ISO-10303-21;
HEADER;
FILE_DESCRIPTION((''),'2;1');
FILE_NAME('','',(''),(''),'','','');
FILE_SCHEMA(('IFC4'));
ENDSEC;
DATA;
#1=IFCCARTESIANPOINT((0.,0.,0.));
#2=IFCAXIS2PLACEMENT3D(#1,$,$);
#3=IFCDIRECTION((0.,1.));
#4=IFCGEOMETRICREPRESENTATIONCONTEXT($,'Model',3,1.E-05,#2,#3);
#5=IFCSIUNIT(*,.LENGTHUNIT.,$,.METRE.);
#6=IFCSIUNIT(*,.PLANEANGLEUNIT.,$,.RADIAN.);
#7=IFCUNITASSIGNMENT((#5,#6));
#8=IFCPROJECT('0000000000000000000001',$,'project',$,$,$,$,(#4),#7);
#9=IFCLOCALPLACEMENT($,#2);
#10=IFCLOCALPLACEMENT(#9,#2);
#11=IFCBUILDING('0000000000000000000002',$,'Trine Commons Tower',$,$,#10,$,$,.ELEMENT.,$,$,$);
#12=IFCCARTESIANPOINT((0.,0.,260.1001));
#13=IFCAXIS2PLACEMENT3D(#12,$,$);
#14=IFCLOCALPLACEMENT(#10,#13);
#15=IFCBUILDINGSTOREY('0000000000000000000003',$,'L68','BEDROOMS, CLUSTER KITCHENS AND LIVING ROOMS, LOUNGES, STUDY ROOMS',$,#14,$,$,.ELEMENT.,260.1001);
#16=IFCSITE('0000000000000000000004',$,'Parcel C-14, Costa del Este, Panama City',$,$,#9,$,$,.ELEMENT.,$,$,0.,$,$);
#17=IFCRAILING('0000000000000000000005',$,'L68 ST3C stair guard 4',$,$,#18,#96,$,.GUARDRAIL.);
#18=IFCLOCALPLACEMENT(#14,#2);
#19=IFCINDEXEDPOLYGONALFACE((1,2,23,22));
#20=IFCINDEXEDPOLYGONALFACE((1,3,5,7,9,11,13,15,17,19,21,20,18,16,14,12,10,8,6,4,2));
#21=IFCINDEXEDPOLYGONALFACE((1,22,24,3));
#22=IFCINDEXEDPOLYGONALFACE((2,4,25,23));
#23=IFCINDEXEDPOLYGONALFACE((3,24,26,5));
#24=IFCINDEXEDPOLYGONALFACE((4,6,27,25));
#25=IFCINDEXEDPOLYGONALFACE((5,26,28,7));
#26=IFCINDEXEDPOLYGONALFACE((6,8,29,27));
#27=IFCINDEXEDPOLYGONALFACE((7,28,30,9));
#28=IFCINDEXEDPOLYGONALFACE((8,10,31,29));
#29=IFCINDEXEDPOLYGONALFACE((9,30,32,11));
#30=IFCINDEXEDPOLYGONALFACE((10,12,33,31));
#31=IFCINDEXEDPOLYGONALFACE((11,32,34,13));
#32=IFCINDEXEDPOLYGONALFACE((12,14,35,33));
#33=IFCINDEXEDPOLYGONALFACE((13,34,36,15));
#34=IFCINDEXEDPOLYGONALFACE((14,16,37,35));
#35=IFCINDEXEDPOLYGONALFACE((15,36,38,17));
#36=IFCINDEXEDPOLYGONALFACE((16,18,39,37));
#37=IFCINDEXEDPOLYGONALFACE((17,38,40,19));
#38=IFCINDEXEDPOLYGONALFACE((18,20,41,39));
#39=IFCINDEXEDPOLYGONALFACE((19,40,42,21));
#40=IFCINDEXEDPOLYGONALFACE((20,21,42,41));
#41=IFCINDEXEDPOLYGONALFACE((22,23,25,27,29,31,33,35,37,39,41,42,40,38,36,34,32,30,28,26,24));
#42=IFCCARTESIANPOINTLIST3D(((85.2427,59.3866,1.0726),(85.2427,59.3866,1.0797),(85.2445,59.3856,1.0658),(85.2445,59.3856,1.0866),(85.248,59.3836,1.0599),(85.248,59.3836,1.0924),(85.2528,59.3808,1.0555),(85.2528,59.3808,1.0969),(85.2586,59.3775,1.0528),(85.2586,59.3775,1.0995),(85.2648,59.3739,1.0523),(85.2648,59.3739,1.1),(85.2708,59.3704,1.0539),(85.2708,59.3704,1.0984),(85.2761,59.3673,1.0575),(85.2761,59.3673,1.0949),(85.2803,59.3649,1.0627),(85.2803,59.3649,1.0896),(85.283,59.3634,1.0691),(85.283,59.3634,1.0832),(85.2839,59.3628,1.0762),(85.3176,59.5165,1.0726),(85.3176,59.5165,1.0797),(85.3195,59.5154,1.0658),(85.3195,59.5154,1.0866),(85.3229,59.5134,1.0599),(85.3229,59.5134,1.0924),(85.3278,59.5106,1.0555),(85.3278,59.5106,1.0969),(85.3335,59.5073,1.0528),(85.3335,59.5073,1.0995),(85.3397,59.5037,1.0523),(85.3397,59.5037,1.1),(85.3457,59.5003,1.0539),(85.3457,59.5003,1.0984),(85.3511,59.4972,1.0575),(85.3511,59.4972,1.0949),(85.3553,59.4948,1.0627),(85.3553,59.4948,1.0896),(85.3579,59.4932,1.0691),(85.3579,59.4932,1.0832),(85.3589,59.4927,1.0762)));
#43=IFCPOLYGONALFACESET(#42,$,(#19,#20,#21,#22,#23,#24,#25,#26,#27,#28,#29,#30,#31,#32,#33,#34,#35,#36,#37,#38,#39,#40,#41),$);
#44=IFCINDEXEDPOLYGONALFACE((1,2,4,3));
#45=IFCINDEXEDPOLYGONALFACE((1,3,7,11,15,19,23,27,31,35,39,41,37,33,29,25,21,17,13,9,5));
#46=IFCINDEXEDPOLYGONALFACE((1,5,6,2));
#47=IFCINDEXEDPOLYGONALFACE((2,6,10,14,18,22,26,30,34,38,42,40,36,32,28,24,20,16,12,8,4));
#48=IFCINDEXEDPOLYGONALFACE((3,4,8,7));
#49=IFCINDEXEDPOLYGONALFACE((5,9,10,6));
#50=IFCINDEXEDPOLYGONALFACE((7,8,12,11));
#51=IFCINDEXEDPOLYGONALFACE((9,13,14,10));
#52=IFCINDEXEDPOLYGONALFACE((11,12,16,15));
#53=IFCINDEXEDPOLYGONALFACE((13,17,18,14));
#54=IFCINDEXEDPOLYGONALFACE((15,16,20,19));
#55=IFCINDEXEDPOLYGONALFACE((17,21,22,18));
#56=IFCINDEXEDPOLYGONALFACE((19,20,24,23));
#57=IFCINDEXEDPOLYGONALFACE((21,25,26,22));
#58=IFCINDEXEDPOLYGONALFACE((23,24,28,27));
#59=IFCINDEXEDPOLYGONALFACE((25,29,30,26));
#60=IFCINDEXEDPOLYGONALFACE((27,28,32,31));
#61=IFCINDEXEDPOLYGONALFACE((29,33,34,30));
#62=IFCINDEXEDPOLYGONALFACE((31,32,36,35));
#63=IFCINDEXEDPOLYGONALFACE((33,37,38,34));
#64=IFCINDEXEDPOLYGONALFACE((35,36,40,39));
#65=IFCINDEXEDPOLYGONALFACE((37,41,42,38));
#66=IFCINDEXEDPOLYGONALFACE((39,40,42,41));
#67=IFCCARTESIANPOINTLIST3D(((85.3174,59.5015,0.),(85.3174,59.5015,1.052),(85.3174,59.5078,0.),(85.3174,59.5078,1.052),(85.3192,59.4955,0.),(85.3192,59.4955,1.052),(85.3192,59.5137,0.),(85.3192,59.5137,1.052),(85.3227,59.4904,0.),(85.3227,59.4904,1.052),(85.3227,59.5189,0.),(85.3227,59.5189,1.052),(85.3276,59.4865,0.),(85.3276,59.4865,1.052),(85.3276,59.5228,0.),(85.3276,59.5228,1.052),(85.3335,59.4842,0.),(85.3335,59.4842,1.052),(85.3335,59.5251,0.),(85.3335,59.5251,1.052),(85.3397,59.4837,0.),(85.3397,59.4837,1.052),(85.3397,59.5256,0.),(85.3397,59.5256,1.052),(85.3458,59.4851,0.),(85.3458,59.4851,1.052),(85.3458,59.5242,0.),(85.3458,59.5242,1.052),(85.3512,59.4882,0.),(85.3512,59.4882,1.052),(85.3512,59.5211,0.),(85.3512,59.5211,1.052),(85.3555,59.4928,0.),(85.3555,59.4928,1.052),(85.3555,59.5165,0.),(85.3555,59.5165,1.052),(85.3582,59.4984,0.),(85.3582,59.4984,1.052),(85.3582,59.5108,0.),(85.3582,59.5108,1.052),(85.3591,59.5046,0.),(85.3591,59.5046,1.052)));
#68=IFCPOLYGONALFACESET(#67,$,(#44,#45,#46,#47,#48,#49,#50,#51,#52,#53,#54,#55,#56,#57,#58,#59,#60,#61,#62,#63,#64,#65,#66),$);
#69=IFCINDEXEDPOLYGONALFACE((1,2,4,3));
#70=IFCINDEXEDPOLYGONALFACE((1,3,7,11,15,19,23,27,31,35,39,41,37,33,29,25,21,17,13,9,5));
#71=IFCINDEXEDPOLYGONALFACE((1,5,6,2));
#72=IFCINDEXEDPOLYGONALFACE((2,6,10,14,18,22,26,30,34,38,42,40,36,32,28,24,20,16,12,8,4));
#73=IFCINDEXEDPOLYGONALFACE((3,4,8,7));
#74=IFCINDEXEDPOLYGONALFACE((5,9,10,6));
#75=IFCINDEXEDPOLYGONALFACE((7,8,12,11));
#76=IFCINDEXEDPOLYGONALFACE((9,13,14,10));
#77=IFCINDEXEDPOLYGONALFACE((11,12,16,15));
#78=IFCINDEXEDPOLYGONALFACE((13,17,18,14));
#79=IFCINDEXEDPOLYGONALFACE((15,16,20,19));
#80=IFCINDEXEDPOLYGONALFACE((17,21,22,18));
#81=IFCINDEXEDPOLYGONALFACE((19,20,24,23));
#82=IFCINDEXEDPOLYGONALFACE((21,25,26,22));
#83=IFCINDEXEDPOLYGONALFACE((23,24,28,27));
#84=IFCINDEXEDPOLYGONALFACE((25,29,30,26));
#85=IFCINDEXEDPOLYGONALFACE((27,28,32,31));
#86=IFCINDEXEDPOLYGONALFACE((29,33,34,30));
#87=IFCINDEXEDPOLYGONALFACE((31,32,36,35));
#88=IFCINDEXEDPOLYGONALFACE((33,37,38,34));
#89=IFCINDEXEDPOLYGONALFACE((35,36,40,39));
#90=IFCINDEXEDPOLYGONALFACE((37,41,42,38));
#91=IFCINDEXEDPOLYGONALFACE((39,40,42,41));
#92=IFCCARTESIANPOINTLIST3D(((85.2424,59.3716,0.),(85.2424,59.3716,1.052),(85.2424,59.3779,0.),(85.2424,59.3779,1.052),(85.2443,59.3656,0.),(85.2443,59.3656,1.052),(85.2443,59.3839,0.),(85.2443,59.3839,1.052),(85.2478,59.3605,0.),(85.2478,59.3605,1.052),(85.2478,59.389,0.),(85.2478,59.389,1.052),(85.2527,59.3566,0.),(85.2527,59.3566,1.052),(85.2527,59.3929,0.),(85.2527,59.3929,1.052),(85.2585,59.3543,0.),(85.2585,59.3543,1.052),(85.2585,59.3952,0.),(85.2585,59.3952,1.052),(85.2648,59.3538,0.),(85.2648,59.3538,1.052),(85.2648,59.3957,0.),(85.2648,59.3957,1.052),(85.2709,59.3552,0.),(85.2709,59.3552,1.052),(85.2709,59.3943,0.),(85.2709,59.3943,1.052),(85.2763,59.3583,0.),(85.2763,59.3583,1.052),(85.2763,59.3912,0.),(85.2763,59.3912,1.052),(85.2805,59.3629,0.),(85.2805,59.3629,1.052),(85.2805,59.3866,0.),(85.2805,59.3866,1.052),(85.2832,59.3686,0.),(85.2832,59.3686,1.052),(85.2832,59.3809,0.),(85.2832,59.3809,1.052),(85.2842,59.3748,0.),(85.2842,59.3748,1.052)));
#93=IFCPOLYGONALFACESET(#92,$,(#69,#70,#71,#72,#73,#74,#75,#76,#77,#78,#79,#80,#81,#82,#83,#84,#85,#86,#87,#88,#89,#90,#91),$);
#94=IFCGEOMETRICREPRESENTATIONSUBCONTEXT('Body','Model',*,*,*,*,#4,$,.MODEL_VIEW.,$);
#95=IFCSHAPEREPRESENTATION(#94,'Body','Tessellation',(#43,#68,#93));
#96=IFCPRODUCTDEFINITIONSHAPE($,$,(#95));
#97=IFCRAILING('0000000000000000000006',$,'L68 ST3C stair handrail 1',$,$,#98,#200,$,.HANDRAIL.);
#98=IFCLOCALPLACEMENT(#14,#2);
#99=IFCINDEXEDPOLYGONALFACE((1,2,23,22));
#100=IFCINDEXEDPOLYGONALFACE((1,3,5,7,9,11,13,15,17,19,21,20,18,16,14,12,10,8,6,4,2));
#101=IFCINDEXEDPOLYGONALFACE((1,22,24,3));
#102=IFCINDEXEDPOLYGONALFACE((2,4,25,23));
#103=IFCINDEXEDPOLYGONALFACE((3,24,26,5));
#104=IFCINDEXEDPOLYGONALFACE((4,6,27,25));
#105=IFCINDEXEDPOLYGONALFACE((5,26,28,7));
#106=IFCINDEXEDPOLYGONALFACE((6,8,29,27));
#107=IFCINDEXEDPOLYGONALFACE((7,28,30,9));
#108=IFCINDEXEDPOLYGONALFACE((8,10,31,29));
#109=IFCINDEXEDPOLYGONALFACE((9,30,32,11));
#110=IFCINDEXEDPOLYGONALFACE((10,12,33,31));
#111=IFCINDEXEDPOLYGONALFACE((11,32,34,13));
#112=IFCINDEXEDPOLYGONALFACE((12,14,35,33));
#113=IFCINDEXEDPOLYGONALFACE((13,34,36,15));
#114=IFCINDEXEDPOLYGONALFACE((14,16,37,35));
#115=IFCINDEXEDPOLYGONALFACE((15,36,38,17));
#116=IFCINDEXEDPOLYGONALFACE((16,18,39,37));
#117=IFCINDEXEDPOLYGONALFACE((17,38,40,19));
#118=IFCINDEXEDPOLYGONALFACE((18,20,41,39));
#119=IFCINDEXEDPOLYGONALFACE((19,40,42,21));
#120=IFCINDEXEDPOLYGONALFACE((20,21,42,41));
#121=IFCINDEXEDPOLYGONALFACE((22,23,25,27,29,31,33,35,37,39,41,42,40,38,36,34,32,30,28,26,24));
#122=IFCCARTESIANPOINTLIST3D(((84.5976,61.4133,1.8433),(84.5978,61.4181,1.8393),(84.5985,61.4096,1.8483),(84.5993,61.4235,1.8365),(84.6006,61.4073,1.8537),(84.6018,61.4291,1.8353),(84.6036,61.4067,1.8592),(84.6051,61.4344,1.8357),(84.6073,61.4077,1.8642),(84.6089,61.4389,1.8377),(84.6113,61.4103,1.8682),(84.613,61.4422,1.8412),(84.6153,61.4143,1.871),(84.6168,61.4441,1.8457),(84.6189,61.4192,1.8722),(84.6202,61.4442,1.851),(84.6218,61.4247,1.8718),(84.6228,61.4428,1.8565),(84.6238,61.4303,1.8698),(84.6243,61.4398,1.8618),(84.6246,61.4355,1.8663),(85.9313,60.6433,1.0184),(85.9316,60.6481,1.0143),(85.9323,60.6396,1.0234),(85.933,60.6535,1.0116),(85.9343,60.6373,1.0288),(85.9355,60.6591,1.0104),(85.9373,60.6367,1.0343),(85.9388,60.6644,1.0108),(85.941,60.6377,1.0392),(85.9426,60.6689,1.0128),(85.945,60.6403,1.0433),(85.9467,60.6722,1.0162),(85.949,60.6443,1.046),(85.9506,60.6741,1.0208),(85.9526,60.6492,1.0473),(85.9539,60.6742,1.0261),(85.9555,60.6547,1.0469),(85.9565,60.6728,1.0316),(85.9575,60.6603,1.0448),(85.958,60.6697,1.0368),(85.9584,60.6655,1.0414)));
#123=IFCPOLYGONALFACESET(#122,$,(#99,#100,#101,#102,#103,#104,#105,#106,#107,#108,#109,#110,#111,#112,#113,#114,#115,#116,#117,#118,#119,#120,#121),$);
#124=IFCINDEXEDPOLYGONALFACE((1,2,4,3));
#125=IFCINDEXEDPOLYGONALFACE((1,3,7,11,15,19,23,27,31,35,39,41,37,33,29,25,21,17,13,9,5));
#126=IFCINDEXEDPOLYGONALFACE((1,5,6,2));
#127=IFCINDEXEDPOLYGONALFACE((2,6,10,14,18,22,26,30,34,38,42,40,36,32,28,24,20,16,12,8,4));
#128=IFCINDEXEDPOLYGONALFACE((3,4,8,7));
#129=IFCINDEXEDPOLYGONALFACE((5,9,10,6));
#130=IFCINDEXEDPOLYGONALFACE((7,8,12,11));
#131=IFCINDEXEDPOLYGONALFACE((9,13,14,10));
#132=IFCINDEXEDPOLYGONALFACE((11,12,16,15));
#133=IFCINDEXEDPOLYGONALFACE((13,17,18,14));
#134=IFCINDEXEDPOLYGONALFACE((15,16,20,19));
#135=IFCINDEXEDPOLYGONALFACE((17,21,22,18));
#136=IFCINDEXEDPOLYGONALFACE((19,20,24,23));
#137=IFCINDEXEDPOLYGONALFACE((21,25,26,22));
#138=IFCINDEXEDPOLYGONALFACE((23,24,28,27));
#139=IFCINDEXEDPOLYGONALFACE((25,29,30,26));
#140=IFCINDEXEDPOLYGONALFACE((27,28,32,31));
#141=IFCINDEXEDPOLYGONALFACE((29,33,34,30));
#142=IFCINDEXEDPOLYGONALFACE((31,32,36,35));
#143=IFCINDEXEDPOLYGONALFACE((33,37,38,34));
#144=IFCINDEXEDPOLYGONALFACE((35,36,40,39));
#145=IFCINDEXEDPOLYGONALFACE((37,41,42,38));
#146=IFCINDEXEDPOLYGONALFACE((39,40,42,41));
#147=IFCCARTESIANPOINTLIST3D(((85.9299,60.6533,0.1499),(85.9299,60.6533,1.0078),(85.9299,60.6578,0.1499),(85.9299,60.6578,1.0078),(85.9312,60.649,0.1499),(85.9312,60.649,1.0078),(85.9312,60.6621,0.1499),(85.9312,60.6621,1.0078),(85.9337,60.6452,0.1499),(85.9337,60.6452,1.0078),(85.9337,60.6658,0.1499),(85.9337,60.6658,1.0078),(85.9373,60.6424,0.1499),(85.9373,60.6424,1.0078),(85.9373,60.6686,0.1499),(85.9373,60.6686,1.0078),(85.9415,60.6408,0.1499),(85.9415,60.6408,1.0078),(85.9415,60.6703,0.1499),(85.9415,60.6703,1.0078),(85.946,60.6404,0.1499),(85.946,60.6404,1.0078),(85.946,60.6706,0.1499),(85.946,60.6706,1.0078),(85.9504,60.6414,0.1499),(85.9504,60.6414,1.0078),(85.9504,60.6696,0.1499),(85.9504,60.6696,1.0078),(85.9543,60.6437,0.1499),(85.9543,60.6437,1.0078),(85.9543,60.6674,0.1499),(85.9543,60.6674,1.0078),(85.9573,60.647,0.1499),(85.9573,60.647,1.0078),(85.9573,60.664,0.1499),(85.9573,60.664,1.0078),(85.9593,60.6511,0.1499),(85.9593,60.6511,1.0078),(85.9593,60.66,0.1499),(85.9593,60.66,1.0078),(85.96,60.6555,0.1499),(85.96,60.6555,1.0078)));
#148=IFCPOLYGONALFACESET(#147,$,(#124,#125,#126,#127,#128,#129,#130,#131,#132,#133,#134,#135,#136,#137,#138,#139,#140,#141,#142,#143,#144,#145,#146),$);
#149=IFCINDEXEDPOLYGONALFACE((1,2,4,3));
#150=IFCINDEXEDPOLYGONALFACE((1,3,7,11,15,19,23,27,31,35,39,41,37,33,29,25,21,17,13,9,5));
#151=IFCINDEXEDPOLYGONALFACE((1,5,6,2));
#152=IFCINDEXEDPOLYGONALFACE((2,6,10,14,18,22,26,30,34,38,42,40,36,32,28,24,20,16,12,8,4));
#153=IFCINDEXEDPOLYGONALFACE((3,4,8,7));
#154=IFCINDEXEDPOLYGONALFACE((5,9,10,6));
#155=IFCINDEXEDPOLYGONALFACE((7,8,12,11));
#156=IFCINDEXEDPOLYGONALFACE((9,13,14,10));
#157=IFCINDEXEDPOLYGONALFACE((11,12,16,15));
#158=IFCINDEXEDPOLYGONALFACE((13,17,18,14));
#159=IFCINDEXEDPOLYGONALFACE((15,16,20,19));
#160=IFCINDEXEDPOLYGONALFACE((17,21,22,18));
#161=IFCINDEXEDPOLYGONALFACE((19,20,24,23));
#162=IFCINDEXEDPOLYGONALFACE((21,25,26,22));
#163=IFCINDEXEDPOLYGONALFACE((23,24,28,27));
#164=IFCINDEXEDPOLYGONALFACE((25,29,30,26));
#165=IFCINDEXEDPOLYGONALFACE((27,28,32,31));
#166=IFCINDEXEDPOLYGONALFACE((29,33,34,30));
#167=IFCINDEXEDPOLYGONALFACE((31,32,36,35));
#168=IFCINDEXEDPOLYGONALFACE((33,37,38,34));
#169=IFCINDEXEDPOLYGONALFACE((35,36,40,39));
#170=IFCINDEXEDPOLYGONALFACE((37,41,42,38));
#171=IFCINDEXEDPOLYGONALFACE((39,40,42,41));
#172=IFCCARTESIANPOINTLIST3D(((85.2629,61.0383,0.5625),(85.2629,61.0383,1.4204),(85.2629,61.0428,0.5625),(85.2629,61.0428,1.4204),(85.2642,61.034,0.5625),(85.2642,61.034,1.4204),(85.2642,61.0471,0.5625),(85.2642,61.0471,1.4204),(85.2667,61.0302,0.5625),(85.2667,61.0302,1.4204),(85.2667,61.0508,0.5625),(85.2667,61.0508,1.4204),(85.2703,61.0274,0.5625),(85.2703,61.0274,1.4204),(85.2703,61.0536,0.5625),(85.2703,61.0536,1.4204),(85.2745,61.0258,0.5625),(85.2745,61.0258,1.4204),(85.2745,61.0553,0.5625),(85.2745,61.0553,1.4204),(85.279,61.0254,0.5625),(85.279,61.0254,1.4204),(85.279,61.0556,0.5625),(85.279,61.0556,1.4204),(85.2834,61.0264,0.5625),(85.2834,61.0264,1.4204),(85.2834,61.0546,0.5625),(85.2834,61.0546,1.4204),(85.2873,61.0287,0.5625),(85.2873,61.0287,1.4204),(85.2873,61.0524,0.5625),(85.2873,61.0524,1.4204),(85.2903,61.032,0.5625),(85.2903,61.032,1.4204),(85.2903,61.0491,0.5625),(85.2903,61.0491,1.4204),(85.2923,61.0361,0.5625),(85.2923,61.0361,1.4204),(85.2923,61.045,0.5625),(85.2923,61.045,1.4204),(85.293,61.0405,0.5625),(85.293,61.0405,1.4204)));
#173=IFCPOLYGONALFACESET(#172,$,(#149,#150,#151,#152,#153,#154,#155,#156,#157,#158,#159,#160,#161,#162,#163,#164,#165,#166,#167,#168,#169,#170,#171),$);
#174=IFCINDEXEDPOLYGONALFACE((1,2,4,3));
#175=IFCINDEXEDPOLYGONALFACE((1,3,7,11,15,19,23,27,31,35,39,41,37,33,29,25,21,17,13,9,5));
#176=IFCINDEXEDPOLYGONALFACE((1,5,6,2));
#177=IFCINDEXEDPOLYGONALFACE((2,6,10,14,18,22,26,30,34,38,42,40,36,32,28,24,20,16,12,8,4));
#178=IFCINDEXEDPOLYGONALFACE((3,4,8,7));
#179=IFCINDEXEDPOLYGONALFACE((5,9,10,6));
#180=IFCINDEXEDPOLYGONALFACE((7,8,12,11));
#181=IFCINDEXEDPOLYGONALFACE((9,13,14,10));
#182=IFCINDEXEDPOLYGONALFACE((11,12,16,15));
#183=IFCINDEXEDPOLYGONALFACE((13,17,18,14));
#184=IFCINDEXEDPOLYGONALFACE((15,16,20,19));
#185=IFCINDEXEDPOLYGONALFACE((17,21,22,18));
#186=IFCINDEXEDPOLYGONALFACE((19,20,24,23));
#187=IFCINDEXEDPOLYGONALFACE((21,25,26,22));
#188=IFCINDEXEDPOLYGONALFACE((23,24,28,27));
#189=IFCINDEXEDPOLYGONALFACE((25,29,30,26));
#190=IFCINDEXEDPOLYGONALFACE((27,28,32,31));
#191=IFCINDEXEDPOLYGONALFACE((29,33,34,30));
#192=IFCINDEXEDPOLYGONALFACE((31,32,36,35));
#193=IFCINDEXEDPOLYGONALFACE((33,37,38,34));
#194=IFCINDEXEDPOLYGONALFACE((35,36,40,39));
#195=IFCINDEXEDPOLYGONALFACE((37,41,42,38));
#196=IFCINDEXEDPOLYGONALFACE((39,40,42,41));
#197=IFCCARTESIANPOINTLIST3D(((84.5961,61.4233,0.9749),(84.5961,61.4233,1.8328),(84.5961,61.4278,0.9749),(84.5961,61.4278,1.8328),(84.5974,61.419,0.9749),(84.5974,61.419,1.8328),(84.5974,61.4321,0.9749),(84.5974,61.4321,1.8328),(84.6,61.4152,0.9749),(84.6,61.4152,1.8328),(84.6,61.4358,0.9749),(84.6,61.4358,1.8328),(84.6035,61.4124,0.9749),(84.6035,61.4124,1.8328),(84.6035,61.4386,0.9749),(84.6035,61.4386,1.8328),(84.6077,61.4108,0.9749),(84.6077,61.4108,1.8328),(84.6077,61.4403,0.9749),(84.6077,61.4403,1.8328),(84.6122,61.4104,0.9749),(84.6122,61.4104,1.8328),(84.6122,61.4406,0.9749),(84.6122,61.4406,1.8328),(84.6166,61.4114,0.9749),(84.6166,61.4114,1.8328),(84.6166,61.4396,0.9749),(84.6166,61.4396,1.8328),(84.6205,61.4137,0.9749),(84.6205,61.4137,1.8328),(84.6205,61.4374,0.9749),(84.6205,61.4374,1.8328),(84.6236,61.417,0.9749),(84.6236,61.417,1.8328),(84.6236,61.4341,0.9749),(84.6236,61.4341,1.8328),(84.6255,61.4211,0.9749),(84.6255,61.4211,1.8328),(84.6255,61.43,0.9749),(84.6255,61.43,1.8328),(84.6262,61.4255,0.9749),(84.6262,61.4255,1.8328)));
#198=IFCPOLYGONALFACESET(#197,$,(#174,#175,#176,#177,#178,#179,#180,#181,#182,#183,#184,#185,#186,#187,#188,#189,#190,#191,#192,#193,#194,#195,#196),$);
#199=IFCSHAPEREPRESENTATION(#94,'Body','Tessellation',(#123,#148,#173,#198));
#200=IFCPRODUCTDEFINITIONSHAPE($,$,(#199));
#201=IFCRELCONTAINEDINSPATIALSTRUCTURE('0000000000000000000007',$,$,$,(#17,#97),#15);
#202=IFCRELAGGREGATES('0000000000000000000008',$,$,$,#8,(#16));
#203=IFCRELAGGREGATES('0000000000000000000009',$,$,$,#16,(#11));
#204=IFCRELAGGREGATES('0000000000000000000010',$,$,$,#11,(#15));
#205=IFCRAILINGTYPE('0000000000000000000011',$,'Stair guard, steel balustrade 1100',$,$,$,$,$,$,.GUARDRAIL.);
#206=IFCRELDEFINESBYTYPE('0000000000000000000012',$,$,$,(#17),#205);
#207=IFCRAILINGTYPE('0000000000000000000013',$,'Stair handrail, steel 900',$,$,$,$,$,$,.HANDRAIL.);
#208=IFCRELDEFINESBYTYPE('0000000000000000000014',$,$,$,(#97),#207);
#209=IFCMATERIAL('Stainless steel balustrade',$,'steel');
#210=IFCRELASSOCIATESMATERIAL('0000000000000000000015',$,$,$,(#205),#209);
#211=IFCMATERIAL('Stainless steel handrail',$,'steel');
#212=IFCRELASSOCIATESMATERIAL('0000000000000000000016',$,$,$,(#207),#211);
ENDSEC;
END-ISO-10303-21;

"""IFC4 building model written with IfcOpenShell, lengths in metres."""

from ifc_helpers import new_model, si_unit, direction, frame, origin, origin_2d, place, context, subcontext, project, spatial, circle, extrude, material, type_object, element, save


model = new_model("IFC4")

# Units and contexts
model_context = context("Model", 3, precision=1e-05, world=origin(), true_north=direction((0.0, 1.0)))
body_context = subcontext(model_context, "Body", "Model", "MODEL_VIEW")
ifc_project = project(units=[si_unit("LENGTHUNIT", "METRE"), si_unit("PLANEANGLEUNIT", "RADIAN")], contexts=[model_context])

# Site, building, storey
site_placement = place(None, origin())
site = spatial("IfcSite", under=ifc_project, at=site_placement, Name="Parcel C-14, Costa del Este, Panama City", CompositionType="ELEMENT", RefElevation=0.0)
building_placement = place(site_placement, origin())
building = spatial("IfcBuilding", under=site, at=building_placement, Name="Trine Commons Tower", CompositionType="ELEMENT")
storey_placement = place(building_placement, frame((0.0, 0.0, 260.1001)))
storey = spatial("IfcBuildingStorey", under=building, at=storey_placement, Name="L68", Description="BEDROOMS, CLUSTER KITCHENS AND LIVING ROOMS, LOUNGES, STUDY ROOMS", CompositionType="ELEMENT", Elevation=260.1001)

# Railings
ifc_material_1 = material(Name="Stainless steel balustrade", Category="steel")
railing_type_1 = type_object("IfcRailingType", Name="Stair guard, steel balustrade 1100", PredefinedType="GUARDRAIL", material=ifc_material_1)
railing_1_placement = place(storey_placement, frame((85.3381, 59.5046, 0.0)))
element("IfcRailing", 1, at=railing_1_placement, inside=storey, type_object=railing_type_1, Name="L68 ST3C stair guard 4", PredefinedType="GUARDRAIL", context=body_context, shape_type="SweptSolid", body=[
    extrude(circle(Radius=0.0239, at=origin_2d()), frame((0.0, 0.0, 1.0762), z_axis=(-0.499816, -0.866131, 0.0), x_axis=(0.866131, -0.499816, 0.0)), (0.0, 0.0, 1.0), 0.1499),
    extrude(circle(Radius=0.021, at=origin_2d()), origin(), (0.0, 0.0, 1.0), 1.052),
    extrude(circle(Radius=0.021, at=origin_2d()), frame((-0.075, -0.1299, 0.0)), (0.0, 0.0, 1.0), 1.052),
])
ifc_material_2 = material(Name="Stainless steel handrail", Category="steel")
railing_type_2 = type_object("IfcRailingType", Name="Stair handrail, steel 900", PredefinedType="HANDRAIL", material=ifc_material_2)
railing_2_placement = place(storey_placement, frame((85.9448, 60.6555, 0.1499)))
element("IfcRailing", 2, at=railing_2_placement, inside=storey, type_object=railing_type_2, Name="L68 ST3C stair handrail 1", PredefinedType="HANDRAIL", context=body_context, shape_type="SweptSolid", body=[
    extrude(circle(Radius=0.021, at=origin_2d()), frame((0.0, 0.0, 0.8789), z_axis=(-0.763405, 0.440743, 0.472185), x_axis=(-0.499992, -0.86603, 0.0)), (0.0, 0.0, 1.0), 1.7471),
    extrude(circle(Radius=0.0151, at=origin_2d()), origin(), (0.0, 0.0, 1.0), 0.8579),
    extrude(circle(Radius=0.0151, at=origin_2d()), frame((-0.667, 0.385, 0.4126)), (0.0, 0.0, 1.0), 0.8579),
    extrude(circle(Radius=0.0151, at=origin_2d()), frame((-1.3337, 0.77, 0.825)), (0.0, 0.0, 1.0), 0.8579),
])

save(model, "model.ifc")
